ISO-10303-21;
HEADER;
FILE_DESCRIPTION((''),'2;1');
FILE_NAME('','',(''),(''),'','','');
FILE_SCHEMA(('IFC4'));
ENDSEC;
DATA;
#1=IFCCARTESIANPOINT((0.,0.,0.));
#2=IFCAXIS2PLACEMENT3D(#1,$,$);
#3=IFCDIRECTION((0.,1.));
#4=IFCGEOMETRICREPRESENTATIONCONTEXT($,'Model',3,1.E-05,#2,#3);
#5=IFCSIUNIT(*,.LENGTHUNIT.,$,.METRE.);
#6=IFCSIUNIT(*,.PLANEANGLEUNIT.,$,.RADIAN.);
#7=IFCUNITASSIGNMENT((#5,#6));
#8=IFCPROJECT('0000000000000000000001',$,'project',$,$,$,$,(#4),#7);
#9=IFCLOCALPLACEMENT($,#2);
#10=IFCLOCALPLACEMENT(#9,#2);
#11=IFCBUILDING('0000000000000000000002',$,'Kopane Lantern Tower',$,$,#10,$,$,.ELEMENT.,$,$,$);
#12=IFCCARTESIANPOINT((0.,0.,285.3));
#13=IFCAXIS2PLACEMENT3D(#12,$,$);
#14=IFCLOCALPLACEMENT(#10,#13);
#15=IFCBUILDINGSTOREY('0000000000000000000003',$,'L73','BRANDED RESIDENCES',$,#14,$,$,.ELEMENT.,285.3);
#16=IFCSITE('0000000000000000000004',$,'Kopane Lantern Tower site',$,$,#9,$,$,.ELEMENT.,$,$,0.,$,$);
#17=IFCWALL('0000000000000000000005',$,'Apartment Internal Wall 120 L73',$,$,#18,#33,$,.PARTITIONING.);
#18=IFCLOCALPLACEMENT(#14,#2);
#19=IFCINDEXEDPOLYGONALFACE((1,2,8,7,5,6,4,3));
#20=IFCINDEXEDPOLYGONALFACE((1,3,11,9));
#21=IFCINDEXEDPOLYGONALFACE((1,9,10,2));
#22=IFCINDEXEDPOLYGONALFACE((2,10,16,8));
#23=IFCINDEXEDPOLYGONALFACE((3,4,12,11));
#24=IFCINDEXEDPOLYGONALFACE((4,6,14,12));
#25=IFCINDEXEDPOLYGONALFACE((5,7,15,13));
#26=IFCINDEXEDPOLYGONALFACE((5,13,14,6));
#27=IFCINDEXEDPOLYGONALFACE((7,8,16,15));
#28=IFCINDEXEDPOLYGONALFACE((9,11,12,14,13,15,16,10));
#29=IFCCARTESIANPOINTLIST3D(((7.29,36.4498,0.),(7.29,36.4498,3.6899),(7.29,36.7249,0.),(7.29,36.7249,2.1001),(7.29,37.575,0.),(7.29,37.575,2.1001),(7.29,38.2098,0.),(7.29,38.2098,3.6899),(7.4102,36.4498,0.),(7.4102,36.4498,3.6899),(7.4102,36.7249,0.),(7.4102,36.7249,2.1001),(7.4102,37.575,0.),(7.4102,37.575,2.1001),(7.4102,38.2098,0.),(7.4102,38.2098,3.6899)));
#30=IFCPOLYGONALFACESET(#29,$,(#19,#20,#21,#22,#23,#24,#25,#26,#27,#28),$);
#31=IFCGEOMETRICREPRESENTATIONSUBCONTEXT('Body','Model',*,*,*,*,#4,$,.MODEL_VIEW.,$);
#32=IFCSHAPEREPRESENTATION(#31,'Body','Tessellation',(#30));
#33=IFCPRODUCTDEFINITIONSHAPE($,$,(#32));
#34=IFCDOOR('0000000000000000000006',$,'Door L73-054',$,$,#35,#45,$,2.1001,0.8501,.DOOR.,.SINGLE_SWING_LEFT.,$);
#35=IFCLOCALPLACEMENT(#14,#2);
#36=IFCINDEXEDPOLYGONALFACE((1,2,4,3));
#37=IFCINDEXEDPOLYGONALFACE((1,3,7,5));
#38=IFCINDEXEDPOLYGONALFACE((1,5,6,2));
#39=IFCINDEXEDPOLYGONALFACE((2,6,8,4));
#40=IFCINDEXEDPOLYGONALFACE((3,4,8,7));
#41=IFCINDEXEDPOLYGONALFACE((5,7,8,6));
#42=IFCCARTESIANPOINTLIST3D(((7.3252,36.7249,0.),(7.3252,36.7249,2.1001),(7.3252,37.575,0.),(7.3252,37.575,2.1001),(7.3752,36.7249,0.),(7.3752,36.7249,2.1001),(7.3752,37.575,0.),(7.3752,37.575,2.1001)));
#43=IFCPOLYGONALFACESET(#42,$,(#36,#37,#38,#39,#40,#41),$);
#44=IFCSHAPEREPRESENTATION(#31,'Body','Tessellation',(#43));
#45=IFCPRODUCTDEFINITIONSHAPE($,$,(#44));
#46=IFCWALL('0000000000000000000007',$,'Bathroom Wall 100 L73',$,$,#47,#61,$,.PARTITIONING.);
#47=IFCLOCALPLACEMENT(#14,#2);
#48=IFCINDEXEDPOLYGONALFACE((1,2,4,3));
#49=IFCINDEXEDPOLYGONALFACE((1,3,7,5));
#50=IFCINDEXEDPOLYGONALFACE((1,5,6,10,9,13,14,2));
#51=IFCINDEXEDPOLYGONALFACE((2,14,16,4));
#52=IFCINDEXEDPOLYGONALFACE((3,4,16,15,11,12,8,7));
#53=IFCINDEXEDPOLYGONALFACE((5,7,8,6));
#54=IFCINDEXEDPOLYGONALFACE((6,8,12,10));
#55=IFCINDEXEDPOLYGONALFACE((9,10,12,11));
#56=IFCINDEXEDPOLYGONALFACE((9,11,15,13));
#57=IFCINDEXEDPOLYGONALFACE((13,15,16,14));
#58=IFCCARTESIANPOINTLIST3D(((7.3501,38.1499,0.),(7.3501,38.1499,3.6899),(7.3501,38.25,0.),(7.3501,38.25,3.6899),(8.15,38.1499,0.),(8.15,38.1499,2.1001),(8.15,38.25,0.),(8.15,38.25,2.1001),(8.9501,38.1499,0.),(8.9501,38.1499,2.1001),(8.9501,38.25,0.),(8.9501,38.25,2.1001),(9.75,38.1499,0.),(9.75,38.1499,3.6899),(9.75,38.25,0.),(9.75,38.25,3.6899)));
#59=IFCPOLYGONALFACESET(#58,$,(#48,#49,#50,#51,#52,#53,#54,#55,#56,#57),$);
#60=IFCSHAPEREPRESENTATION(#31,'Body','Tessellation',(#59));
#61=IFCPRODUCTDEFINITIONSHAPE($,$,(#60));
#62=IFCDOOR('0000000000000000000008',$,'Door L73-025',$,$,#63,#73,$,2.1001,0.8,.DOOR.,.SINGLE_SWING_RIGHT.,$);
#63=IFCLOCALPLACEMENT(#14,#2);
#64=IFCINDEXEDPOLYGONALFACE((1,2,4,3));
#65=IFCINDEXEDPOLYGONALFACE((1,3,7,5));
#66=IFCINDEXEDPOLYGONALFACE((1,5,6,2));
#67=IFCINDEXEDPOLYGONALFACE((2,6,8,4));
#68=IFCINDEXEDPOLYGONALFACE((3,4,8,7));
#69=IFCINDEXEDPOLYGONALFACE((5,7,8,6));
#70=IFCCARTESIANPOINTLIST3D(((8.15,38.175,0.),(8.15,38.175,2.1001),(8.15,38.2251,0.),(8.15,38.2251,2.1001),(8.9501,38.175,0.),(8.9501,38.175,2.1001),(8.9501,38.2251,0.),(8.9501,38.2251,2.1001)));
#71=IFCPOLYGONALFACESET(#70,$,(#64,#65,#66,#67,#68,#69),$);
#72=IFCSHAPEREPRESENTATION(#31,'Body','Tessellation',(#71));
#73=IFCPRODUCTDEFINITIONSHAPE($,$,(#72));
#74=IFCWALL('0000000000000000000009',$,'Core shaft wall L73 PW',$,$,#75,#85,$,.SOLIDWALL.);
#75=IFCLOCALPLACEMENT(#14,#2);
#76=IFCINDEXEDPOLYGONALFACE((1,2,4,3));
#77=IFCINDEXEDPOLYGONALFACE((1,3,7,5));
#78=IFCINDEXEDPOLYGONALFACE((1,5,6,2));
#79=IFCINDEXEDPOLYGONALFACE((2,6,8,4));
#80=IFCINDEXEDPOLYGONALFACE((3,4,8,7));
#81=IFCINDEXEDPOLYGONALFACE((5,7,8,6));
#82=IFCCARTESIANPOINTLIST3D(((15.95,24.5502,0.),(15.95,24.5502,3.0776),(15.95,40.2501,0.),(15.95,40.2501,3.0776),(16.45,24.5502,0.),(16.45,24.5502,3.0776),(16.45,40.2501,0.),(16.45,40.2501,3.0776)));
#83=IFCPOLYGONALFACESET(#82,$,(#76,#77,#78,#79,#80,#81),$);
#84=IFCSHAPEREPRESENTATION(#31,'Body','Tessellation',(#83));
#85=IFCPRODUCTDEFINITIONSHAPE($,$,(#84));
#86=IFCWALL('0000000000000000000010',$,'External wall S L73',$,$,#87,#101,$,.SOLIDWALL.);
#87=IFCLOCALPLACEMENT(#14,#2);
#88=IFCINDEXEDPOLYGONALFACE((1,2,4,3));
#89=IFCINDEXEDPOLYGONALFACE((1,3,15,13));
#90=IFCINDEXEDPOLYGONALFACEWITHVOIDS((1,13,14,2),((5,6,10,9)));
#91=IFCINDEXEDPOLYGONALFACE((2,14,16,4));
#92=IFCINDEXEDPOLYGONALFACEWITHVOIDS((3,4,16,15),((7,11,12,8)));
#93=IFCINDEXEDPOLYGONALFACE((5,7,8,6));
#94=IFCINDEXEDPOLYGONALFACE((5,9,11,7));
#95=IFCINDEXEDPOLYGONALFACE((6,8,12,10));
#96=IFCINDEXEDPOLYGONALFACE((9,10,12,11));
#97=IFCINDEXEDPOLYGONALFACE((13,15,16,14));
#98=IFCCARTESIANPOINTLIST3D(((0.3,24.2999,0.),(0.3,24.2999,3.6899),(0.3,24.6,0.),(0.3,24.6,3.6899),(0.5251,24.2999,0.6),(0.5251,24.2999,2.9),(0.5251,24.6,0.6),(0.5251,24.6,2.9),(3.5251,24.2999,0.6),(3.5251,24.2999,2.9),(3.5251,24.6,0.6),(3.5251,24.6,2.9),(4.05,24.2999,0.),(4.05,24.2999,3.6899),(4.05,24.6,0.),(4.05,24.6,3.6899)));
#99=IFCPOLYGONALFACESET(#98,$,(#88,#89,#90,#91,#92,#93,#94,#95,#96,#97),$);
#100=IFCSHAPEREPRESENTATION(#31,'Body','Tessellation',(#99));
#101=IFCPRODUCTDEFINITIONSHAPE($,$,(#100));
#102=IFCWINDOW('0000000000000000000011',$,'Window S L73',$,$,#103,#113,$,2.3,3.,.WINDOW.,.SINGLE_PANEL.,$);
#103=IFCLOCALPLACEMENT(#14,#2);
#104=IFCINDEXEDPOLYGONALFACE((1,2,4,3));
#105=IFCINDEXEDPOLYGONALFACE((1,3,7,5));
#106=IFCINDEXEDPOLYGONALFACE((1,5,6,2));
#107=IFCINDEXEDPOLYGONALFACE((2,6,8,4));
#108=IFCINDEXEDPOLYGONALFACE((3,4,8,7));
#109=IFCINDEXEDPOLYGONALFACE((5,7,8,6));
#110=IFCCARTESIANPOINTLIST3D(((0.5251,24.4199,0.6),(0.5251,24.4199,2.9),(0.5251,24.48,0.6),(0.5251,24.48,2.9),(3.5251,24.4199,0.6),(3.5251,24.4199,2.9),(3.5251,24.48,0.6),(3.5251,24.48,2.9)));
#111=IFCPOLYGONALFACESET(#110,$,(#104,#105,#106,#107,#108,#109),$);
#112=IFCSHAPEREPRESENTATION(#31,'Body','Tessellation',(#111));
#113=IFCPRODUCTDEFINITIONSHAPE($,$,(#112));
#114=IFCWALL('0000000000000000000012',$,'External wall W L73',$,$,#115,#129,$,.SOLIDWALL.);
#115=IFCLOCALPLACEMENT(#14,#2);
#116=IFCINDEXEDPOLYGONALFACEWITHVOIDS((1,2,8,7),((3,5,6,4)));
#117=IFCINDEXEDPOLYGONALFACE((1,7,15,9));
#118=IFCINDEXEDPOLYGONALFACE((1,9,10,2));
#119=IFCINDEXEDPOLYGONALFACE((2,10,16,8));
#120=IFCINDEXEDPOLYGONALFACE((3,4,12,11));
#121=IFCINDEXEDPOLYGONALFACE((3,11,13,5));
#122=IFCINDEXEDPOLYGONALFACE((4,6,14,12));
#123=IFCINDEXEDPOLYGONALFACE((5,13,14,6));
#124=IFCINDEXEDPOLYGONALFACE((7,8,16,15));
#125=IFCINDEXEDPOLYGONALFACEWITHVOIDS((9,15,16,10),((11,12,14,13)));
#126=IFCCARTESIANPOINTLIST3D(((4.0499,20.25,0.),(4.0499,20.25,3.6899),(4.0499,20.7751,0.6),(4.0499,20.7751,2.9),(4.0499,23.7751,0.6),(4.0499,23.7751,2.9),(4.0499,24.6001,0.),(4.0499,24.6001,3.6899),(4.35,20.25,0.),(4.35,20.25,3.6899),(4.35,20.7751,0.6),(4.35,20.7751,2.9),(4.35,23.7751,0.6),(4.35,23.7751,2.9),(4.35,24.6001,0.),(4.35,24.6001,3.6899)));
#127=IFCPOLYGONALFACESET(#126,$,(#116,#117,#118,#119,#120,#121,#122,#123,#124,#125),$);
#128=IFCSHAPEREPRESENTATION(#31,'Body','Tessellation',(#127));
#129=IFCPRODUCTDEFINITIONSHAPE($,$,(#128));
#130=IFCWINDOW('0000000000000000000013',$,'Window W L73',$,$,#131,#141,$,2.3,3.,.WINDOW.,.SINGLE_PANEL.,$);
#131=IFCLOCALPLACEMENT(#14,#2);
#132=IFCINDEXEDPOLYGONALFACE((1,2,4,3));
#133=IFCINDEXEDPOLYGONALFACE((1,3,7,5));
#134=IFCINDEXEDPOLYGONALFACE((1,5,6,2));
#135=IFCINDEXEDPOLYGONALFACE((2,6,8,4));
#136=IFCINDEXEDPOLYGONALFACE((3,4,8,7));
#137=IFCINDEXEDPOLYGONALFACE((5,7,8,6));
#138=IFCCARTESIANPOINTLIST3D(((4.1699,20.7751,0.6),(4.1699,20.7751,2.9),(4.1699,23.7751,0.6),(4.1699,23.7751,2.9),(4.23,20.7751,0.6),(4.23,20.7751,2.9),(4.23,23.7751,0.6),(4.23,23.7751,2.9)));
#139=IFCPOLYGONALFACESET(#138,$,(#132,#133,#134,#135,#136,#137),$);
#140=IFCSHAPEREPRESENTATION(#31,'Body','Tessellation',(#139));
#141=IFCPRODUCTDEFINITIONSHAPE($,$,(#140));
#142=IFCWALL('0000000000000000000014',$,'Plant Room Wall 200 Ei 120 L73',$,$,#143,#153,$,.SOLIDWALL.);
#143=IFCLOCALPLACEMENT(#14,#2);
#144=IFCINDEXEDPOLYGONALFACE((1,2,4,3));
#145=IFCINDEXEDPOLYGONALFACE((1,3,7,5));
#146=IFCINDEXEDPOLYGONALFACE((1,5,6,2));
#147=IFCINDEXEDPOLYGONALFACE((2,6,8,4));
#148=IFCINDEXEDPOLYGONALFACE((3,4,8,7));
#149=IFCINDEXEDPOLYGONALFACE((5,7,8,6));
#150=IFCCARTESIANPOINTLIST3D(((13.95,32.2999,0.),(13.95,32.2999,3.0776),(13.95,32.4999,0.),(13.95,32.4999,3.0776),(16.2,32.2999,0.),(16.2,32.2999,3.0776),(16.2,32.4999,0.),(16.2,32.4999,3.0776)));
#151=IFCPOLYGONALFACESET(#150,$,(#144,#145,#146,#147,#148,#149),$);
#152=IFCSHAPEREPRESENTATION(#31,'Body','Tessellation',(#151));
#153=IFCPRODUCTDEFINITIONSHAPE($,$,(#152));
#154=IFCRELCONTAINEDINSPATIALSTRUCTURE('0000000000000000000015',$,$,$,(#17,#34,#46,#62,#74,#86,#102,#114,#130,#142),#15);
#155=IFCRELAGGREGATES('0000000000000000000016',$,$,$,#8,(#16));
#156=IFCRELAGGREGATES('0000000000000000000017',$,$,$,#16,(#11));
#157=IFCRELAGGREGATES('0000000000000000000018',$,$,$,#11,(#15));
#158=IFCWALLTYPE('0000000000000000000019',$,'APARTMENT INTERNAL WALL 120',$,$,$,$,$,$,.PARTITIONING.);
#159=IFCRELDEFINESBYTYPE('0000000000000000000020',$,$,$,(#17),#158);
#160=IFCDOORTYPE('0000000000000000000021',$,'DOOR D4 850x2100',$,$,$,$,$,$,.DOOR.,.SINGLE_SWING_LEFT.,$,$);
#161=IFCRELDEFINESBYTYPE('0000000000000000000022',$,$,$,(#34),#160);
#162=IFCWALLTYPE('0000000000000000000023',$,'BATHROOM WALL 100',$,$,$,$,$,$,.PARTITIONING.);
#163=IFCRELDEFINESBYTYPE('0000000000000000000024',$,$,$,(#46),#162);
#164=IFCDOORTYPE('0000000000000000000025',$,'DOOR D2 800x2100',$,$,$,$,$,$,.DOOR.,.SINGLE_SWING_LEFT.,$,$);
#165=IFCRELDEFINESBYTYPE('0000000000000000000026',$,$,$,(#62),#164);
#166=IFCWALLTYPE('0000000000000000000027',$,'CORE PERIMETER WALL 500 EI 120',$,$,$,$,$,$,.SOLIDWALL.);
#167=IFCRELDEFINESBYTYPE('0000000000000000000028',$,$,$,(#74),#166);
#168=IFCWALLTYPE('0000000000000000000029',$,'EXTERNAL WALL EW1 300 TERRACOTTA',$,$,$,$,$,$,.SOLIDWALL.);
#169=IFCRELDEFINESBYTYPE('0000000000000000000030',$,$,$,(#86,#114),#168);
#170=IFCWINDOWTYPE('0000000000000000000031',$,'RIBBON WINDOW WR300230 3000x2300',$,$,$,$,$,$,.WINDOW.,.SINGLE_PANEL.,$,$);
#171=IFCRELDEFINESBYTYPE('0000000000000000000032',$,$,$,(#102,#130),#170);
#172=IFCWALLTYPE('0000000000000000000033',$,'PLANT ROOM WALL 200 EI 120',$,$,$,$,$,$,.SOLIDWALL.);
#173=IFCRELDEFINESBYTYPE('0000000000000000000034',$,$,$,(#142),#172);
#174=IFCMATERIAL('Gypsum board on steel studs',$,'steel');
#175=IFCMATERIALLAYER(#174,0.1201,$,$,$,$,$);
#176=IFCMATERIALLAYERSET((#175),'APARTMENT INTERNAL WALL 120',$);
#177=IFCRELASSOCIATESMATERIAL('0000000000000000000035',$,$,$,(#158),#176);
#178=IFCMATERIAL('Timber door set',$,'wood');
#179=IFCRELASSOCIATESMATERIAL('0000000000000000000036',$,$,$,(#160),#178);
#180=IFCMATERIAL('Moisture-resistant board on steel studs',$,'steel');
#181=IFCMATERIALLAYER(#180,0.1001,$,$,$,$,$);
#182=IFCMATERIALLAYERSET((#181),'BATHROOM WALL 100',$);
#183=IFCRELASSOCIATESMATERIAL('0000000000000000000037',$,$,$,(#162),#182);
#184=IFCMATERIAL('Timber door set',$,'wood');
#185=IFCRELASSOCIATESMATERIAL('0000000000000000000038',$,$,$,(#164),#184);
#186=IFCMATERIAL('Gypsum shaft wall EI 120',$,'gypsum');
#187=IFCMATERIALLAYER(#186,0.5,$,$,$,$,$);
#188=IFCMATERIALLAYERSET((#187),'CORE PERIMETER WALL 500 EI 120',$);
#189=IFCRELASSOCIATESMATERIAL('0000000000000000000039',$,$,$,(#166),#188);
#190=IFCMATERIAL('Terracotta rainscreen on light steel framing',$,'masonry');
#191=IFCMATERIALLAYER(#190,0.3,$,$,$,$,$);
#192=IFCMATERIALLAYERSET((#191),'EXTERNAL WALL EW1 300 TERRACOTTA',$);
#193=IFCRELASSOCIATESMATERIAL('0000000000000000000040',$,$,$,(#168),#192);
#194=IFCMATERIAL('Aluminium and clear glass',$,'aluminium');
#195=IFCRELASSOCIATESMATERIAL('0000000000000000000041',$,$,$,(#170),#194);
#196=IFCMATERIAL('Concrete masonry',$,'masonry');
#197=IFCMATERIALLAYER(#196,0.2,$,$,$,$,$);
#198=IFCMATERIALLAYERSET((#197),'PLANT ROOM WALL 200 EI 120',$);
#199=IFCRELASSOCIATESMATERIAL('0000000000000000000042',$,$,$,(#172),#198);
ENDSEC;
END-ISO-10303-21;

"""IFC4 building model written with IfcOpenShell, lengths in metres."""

from ifc_helpers import new_model, si_unit, direction, frame, frame_2d, origin, place, context, subcontext, project, spatial, rectangle, extrude, material, layer, layer_set, type_object, element, fill, save


model = new_model("IFC4")

# Units and contexts
model_context = context("Model", 3, precision=1e-05, world=origin(), true_north=direction((0.0, 1.0)))
body_context = subcontext(model_context, "Body", "Model", "MODEL_VIEW")
ifc_project = project(units=[si_unit("LENGTHUNIT", "METRE"), si_unit("PLANEANGLEUNIT", "RADIAN")], contexts=[model_context])

# Site, building, storey
site_placement = place(None, origin())
site = spatial("IfcSite", under=ifc_project, at=site_placement, Name="Kopane Lantern Tower site", CompositionType="ELEMENT", RefElevation=0.0)
building_placement = place(site_placement, origin())
building = spatial("IfcBuilding", under=site, at=building_placement, Name="Kopane Lantern Tower", CompositionType="ELEMENT")
storey_placement = place(building_placement, frame((0.0, 0.0, 285.3)))
storey = spatial("IfcBuildingStorey", under=building, at=storey_placement, Name="L73", Description="BRANDED RESIDENCES", CompositionType="ELEMENT", Elevation=285.3)

# Shared definitions
ifc_material_1 = material(Name="Gypsum board on steel studs", Category="steel")
ifc_layer_1 = layer(ifc_material_1, 0.1201)
ifc_layer_set_1 = layer_set([ifc_layer_1], Name="APARTMENT INTERNAL WALL 120")
wall_type_1 = type_object("IfcWallType", Name="APARTMENT INTERNAL WALL 120", PredefinedType="PARTITIONING", material=ifc_layer_set_1)

# Walls, openings, doors
wall_1_placement = place(storey_placement, frame((7.3501, 36.45, 0.0), z_axis=(0.0, 0.0, 1.0), x_axis=(0.0, 1.0, 0.0)))
wall_1 = element("IfcWall", 1, at=wall_1_placement, inside=storey, type_object=wall_type_1, Name="Apartment Internal Wall 120 L73", PredefinedType="PARTITIONING", context=body_context, shape_type="SweptSolid", body=[
    extrude(rectangle(XDim=1.76, YDim=0.1201, at=frame_2d((0.8799, 0.0))), origin(), (0.0, 0.0, 1.0), 3.6899),
])
opening_1_placement = place(wall_1_placement, frame((0.2749, 0.0, 0.0)))
opening_1 = element("IfcOpeningElement", 2, at=opening_1_placement, cuts=wall_1, PredefinedType="OPENING", context=body_context, shape_type="SweptSolid", body=[
    extrude(rectangle(XDim=0.8501, YDim=2.1001, at=frame_2d((0.425, 1.05))), frame((0.0, 0.0701, 0.0), z_axis=(0.0, -1.0, 0.0), x_axis=(1.0, 0.0, 0.0)), (0.0, 0.0, 1.0), 0.1401),
])
ifc_material_2 = material(Name="Timber door set", Category="wood")
door_type_1 = type_object("IfcDoorType", Name="DOOR D4 850x2100", OperationType="SINGLE_SWING_LEFT", PredefinedType="DOOR", material=ifc_material_2)
door_1_placement = place(opening_1_placement, origin())
door_1 = element("IfcDoor", 3, at=door_1_placement, inside=storey, type_object=door_type_1, Name="Door L73-054", OperationType="SINGLE_SWING_LEFT", OverallHeight=2.1001, OverallWidth=0.8501, PredefinedType="DOOR", context=body_context, shape_type="SweptSolid", body=[
    extrude(rectangle(XDim=0.8501, YDim=2.1001, at=frame_2d((0.425, 1.05))), frame((0.0, 0.0249, 0.0), z_axis=(0.0, -1.0, 0.0), x_axis=(1.0, 0.0, 0.0)), (0.0, 0.0, 1.0), 0.05),
])
fill(opening_1, door_1)
ifc_material_3 = material(Name="Moisture-resistant board on steel studs", Category="steel")
ifc_layer_2 = layer(ifc_material_3, 0.1001)
ifc_layer_set_2 = layer_set([ifc_layer_2], Name="BATHROOM WALL 100")
wall_type_2 = type_object("IfcWallType", Name="BATHROOM WALL 100", PredefinedType="PARTITIONING", material=ifc_layer_set_2)
wall_2_placement = place(storey_placement, frame((9.75, 38.2, 0.0), z_axis=(0.0, 0.0, 1.0), x_axis=(-1.0, 0.0, 0.0)))
wall_2 = element("IfcWall", 4, at=wall_2_placement, inside=storey, type_object=wall_type_2, Name="Bathroom Wall 100 L73", PredefinedType="PARTITIONING", context=body_context, shape_type="SweptSolid", body=[
    extrude(rectangle(XDim=2.3999, YDim=0.1001, at=frame_2d((1.2, 0.0))), origin(), (0.0, 0.0, 1.0), 3.6899),
])
opening_2_placement = place(wall_2_placement, frame((0.8, 0.0, 0.0)))
opening_2 = element("IfcOpeningElement", 5, at=opening_2_placement, cuts=wall_2, PredefinedType="OPENING", context=body_context, shape_type="SweptSolid", body=[
    extrude(rectangle(XDim=0.8, YDim=2.1001, at=frame_2d((0.3999, 1.05))), frame((0.0, 0.0601, 0.0), z_axis=(0.0, -1.0, 0.0), x_axis=(1.0, 0.0, 0.0)), (0.0, 0.0, 1.0), 0.1201),
])
ifc_material_4 = material(Name="Timber door set", Category="wood")
door_type_2 = type_object("IfcDoorType", Name="DOOR D2 800x2100", OperationType="SINGLE_SWING_LEFT", PredefinedType="DOOR", material=ifc_material_4)
door_2_placement = place(opening_2_placement, origin())
door_2 = element("IfcDoor", 6, at=door_2_placement, inside=storey, type_object=door_type_2, Name="Door L73-025", OperationType="SINGLE_SWING_RIGHT", OverallHeight=2.1001, OverallWidth=0.8, PredefinedType="DOOR", context=body_context, shape_type="SweptSolid", body=[
    extrude(rectangle(XDim=0.8, YDim=2.1001, at=frame_2d((0.3999, 1.05))), frame((0.0, 0.0249, 0.0), z_axis=(0.0, -1.0, 0.0), x_axis=(1.0, 0.0, 0.0)), (0.0, 0.0, 1.0), 0.05),
])
fill(opening_2, door_2)

# Wall
ifc_material_5 = material(Name="Gypsum shaft wall EI 120", Category="gypsum")
ifc_layer_3 = layer(ifc_material_5, 0.5)
ifc_layer_set_3 = layer_set([ifc_layer_3], Name="CORE PERIMETER WALL 500 EI 120")
wall_type_3 = type_object("IfcWallType", Name="CORE PERIMETER WALL 500 EI 120", PredefinedType="SOLIDWALL", material=ifc_layer_set_3)
wall_3_placement = place(storey_placement, frame((16.2, 24.55, 0.0), z_axis=(0.0, 0.0, 1.0), x_axis=(0.0, 1.0, 0.0)))
element("IfcWall", 7, at=wall_3_placement, inside=storey, type_object=wall_type_3, Name="Core shaft wall L73 PW", PredefinedType="SOLIDWALL", context=body_context, shape_type="SweptSolid", body=[
    extrude(rectangle(XDim=15.7, YDim=0.5, at=frame_2d((7.8501, 0.0))), origin(), (0.0, 0.0, 1.0), 3.0776),
])

# Walls, openings, windows
ifc_material_6 = material(Name="Terracotta rainscreen on light steel framing", Category="masonry")
ifc_layer_4 = layer(ifc_material_6, 0.3)
ifc_layer_set_4 = layer_set([ifc_layer_4], Name="EXTERNAL WALL EW1 300 TERRACOTTA")
wall_type_4 = type_object("IfcWallType", Name="EXTERNAL WALL EW1 300 TERRACOTTA", PredefinedType="SOLIDWALL", material=ifc_layer_set_4)
wall_4_placement = place(storey_placement, frame((0.3, 24.45, 0.0), z_axis=(0.0, 0.0, 1.0), x_axis=(1.0, 0.0, 0.0)))
wall_4 = element("IfcWall", 8, at=wall_4_placement, inside=storey, type_object=wall_type_4, Name="External wall S L73", PredefinedType="SOLIDWALL", context=body_context, shape_type="SweptSolid", body=[
    extrude(rectangle(XDim=3.75, YDim=0.3, at=frame_2d((1.875, 0.0))), origin(), (0.0, 0.0, 1.0), 3.6899),
])
opening_3_placement = place(wall_4_placement, frame((0.2251, 0.0, 0.6001)))
opening_3 = element("IfcOpeningElement", 9, at=opening_3_placement, cuts=wall_4, PredefinedType="OPENING", context=body_context, shape_type="SweptSolid", body=[
    extrude(rectangle(XDim=3.0, YDim=2.3, at=frame_2d((1.5, 1.1499))), frame((0.0, 0.1599, 0.0), z_axis=(0.0, -1.0, 0.0), x_axis=(1.0, 0.0, 0.0)), (0.0, 0.0, 1.0), 0.3201),
])
ifc_material_7 = material(Name="Aluminium and clear glass", Category="aluminium")
window_type = type_object("IfcWindowType", Name="RIBBON WINDOW WR300230 3000x2300", PartitioningType="SINGLE_PANEL", PredefinedType="WINDOW", material=ifc_material_7)
window_1_placement = place(opening_3_placement, origin())
window_1 = element("IfcWindow", 10, at=window_1_placement, inside=storey, type_object=window_type, Name="Window S L73", OverallHeight=2.3, OverallWidth=3.0, PartitioningType="SINGLE_PANEL", PredefinedType="WINDOW", context=body_context, shape_type="SweptSolid", body=[
    extrude(rectangle(XDim=3.0, YDim=2.3, at=frame_2d((1.5, 1.1499))), frame((0.0, 0.03, 0.0), z_axis=(0.0, -1.0, 0.0), x_axis=(1.0, 0.0, 0.0)), (0.0, 0.0, 1.0), 0.0601),
])
fill(opening_3, window_1)
wall_5_placement = place(storey_placement, frame((4.2, 24.6001, 0.0), z_axis=(0.0, 0.0, 1.0), x_axis=(0.0, -1.0, 0.0)))
wall_5 = element("IfcWall", 11, at=wall_5_placement, inside=storey, type_object=wall_type_4, Name="External wall W L73", PredefinedType="SOLIDWALL", context=body_context, shape_type="SweptSolid", body=[
    extrude(rectangle(XDim=4.3501, YDim=0.3, at=frame_2d((2.175, 0.0))), origin(), (0.0, 0.0, 1.0), 3.6899),
])
opening_4_placement = place(wall_5_placement, frame((0.825, 0.0, 0.6001)))
opening_4 = element("IfcOpeningElement", 12, at=opening_4_placement, cuts=wall_5, PredefinedType="OPENING", context=body_context, shape_type="SweptSolid", body=[
    extrude(rectangle(XDim=3.0, YDim=2.3, at=frame_2d((1.5, 1.1499))), frame((0.0, 0.1599, 0.0), z_axis=(0.0, -1.0, 0.0), x_axis=(1.0, 0.0, 0.0)), (0.0, 0.0, 1.0), 0.3201),
])
window_2_placement = place(opening_4_placement, origin())
window_2 = element("IfcWindow", 13, at=window_2_placement, inside=storey, type_object=window_type, Name="Window W L73", OverallHeight=2.3, OverallWidth=3.0, PartitioningType="SINGLE_PANEL", PredefinedType="WINDOW", context=body_context, shape_type="SweptSolid", body=[
    extrude(rectangle(XDim=3.0, YDim=2.3, at=frame_2d((1.5, 1.1499))), frame((0.0, 0.03, 0.0), z_axis=(0.0, -1.0, 0.0), x_axis=(1.0, 0.0, 0.0)), (0.0, 0.0, 1.0), 0.0601),
])
fill(opening_4, window_2)

# Wall
ifc_material_8 = material(Name="Concrete masonry", Category="masonry")
ifc_layer_5 = layer(ifc_material_8, 0.2)
ifc_layer_set_5 = layer_set([ifc_layer_5], Name="PLANT ROOM WALL 200 EI 120")
wall_type_5 = type_object("IfcWallType", Name="PLANT ROOM WALL 200 EI 120", PredefinedType="SOLIDWALL", material=ifc_layer_set_5)
wall_6_placement = place(storey_placement, frame((13.95, 32.3999, 0.0), z_axis=(0.0, 0.0, 1.0), x_axis=(1.0, 0.0, 0.0)))
element("IfcWall", 14, at=wall_6_placement, inside=storey, type_object=wall_type_5, Name="Plant Room Wall 200 Ei 120 L73", PredefinedType="SOLIDWALL", context=body_context, shape_type="SweptSolid", body=[
    extrude(rectangle(XDim=2.25, YDim=0.2, at=frame_2d((1.125, 0.0))), origin(), (0.0, 0.0, 1.0), 3.0776),
])

save(model, "model.ifc")
